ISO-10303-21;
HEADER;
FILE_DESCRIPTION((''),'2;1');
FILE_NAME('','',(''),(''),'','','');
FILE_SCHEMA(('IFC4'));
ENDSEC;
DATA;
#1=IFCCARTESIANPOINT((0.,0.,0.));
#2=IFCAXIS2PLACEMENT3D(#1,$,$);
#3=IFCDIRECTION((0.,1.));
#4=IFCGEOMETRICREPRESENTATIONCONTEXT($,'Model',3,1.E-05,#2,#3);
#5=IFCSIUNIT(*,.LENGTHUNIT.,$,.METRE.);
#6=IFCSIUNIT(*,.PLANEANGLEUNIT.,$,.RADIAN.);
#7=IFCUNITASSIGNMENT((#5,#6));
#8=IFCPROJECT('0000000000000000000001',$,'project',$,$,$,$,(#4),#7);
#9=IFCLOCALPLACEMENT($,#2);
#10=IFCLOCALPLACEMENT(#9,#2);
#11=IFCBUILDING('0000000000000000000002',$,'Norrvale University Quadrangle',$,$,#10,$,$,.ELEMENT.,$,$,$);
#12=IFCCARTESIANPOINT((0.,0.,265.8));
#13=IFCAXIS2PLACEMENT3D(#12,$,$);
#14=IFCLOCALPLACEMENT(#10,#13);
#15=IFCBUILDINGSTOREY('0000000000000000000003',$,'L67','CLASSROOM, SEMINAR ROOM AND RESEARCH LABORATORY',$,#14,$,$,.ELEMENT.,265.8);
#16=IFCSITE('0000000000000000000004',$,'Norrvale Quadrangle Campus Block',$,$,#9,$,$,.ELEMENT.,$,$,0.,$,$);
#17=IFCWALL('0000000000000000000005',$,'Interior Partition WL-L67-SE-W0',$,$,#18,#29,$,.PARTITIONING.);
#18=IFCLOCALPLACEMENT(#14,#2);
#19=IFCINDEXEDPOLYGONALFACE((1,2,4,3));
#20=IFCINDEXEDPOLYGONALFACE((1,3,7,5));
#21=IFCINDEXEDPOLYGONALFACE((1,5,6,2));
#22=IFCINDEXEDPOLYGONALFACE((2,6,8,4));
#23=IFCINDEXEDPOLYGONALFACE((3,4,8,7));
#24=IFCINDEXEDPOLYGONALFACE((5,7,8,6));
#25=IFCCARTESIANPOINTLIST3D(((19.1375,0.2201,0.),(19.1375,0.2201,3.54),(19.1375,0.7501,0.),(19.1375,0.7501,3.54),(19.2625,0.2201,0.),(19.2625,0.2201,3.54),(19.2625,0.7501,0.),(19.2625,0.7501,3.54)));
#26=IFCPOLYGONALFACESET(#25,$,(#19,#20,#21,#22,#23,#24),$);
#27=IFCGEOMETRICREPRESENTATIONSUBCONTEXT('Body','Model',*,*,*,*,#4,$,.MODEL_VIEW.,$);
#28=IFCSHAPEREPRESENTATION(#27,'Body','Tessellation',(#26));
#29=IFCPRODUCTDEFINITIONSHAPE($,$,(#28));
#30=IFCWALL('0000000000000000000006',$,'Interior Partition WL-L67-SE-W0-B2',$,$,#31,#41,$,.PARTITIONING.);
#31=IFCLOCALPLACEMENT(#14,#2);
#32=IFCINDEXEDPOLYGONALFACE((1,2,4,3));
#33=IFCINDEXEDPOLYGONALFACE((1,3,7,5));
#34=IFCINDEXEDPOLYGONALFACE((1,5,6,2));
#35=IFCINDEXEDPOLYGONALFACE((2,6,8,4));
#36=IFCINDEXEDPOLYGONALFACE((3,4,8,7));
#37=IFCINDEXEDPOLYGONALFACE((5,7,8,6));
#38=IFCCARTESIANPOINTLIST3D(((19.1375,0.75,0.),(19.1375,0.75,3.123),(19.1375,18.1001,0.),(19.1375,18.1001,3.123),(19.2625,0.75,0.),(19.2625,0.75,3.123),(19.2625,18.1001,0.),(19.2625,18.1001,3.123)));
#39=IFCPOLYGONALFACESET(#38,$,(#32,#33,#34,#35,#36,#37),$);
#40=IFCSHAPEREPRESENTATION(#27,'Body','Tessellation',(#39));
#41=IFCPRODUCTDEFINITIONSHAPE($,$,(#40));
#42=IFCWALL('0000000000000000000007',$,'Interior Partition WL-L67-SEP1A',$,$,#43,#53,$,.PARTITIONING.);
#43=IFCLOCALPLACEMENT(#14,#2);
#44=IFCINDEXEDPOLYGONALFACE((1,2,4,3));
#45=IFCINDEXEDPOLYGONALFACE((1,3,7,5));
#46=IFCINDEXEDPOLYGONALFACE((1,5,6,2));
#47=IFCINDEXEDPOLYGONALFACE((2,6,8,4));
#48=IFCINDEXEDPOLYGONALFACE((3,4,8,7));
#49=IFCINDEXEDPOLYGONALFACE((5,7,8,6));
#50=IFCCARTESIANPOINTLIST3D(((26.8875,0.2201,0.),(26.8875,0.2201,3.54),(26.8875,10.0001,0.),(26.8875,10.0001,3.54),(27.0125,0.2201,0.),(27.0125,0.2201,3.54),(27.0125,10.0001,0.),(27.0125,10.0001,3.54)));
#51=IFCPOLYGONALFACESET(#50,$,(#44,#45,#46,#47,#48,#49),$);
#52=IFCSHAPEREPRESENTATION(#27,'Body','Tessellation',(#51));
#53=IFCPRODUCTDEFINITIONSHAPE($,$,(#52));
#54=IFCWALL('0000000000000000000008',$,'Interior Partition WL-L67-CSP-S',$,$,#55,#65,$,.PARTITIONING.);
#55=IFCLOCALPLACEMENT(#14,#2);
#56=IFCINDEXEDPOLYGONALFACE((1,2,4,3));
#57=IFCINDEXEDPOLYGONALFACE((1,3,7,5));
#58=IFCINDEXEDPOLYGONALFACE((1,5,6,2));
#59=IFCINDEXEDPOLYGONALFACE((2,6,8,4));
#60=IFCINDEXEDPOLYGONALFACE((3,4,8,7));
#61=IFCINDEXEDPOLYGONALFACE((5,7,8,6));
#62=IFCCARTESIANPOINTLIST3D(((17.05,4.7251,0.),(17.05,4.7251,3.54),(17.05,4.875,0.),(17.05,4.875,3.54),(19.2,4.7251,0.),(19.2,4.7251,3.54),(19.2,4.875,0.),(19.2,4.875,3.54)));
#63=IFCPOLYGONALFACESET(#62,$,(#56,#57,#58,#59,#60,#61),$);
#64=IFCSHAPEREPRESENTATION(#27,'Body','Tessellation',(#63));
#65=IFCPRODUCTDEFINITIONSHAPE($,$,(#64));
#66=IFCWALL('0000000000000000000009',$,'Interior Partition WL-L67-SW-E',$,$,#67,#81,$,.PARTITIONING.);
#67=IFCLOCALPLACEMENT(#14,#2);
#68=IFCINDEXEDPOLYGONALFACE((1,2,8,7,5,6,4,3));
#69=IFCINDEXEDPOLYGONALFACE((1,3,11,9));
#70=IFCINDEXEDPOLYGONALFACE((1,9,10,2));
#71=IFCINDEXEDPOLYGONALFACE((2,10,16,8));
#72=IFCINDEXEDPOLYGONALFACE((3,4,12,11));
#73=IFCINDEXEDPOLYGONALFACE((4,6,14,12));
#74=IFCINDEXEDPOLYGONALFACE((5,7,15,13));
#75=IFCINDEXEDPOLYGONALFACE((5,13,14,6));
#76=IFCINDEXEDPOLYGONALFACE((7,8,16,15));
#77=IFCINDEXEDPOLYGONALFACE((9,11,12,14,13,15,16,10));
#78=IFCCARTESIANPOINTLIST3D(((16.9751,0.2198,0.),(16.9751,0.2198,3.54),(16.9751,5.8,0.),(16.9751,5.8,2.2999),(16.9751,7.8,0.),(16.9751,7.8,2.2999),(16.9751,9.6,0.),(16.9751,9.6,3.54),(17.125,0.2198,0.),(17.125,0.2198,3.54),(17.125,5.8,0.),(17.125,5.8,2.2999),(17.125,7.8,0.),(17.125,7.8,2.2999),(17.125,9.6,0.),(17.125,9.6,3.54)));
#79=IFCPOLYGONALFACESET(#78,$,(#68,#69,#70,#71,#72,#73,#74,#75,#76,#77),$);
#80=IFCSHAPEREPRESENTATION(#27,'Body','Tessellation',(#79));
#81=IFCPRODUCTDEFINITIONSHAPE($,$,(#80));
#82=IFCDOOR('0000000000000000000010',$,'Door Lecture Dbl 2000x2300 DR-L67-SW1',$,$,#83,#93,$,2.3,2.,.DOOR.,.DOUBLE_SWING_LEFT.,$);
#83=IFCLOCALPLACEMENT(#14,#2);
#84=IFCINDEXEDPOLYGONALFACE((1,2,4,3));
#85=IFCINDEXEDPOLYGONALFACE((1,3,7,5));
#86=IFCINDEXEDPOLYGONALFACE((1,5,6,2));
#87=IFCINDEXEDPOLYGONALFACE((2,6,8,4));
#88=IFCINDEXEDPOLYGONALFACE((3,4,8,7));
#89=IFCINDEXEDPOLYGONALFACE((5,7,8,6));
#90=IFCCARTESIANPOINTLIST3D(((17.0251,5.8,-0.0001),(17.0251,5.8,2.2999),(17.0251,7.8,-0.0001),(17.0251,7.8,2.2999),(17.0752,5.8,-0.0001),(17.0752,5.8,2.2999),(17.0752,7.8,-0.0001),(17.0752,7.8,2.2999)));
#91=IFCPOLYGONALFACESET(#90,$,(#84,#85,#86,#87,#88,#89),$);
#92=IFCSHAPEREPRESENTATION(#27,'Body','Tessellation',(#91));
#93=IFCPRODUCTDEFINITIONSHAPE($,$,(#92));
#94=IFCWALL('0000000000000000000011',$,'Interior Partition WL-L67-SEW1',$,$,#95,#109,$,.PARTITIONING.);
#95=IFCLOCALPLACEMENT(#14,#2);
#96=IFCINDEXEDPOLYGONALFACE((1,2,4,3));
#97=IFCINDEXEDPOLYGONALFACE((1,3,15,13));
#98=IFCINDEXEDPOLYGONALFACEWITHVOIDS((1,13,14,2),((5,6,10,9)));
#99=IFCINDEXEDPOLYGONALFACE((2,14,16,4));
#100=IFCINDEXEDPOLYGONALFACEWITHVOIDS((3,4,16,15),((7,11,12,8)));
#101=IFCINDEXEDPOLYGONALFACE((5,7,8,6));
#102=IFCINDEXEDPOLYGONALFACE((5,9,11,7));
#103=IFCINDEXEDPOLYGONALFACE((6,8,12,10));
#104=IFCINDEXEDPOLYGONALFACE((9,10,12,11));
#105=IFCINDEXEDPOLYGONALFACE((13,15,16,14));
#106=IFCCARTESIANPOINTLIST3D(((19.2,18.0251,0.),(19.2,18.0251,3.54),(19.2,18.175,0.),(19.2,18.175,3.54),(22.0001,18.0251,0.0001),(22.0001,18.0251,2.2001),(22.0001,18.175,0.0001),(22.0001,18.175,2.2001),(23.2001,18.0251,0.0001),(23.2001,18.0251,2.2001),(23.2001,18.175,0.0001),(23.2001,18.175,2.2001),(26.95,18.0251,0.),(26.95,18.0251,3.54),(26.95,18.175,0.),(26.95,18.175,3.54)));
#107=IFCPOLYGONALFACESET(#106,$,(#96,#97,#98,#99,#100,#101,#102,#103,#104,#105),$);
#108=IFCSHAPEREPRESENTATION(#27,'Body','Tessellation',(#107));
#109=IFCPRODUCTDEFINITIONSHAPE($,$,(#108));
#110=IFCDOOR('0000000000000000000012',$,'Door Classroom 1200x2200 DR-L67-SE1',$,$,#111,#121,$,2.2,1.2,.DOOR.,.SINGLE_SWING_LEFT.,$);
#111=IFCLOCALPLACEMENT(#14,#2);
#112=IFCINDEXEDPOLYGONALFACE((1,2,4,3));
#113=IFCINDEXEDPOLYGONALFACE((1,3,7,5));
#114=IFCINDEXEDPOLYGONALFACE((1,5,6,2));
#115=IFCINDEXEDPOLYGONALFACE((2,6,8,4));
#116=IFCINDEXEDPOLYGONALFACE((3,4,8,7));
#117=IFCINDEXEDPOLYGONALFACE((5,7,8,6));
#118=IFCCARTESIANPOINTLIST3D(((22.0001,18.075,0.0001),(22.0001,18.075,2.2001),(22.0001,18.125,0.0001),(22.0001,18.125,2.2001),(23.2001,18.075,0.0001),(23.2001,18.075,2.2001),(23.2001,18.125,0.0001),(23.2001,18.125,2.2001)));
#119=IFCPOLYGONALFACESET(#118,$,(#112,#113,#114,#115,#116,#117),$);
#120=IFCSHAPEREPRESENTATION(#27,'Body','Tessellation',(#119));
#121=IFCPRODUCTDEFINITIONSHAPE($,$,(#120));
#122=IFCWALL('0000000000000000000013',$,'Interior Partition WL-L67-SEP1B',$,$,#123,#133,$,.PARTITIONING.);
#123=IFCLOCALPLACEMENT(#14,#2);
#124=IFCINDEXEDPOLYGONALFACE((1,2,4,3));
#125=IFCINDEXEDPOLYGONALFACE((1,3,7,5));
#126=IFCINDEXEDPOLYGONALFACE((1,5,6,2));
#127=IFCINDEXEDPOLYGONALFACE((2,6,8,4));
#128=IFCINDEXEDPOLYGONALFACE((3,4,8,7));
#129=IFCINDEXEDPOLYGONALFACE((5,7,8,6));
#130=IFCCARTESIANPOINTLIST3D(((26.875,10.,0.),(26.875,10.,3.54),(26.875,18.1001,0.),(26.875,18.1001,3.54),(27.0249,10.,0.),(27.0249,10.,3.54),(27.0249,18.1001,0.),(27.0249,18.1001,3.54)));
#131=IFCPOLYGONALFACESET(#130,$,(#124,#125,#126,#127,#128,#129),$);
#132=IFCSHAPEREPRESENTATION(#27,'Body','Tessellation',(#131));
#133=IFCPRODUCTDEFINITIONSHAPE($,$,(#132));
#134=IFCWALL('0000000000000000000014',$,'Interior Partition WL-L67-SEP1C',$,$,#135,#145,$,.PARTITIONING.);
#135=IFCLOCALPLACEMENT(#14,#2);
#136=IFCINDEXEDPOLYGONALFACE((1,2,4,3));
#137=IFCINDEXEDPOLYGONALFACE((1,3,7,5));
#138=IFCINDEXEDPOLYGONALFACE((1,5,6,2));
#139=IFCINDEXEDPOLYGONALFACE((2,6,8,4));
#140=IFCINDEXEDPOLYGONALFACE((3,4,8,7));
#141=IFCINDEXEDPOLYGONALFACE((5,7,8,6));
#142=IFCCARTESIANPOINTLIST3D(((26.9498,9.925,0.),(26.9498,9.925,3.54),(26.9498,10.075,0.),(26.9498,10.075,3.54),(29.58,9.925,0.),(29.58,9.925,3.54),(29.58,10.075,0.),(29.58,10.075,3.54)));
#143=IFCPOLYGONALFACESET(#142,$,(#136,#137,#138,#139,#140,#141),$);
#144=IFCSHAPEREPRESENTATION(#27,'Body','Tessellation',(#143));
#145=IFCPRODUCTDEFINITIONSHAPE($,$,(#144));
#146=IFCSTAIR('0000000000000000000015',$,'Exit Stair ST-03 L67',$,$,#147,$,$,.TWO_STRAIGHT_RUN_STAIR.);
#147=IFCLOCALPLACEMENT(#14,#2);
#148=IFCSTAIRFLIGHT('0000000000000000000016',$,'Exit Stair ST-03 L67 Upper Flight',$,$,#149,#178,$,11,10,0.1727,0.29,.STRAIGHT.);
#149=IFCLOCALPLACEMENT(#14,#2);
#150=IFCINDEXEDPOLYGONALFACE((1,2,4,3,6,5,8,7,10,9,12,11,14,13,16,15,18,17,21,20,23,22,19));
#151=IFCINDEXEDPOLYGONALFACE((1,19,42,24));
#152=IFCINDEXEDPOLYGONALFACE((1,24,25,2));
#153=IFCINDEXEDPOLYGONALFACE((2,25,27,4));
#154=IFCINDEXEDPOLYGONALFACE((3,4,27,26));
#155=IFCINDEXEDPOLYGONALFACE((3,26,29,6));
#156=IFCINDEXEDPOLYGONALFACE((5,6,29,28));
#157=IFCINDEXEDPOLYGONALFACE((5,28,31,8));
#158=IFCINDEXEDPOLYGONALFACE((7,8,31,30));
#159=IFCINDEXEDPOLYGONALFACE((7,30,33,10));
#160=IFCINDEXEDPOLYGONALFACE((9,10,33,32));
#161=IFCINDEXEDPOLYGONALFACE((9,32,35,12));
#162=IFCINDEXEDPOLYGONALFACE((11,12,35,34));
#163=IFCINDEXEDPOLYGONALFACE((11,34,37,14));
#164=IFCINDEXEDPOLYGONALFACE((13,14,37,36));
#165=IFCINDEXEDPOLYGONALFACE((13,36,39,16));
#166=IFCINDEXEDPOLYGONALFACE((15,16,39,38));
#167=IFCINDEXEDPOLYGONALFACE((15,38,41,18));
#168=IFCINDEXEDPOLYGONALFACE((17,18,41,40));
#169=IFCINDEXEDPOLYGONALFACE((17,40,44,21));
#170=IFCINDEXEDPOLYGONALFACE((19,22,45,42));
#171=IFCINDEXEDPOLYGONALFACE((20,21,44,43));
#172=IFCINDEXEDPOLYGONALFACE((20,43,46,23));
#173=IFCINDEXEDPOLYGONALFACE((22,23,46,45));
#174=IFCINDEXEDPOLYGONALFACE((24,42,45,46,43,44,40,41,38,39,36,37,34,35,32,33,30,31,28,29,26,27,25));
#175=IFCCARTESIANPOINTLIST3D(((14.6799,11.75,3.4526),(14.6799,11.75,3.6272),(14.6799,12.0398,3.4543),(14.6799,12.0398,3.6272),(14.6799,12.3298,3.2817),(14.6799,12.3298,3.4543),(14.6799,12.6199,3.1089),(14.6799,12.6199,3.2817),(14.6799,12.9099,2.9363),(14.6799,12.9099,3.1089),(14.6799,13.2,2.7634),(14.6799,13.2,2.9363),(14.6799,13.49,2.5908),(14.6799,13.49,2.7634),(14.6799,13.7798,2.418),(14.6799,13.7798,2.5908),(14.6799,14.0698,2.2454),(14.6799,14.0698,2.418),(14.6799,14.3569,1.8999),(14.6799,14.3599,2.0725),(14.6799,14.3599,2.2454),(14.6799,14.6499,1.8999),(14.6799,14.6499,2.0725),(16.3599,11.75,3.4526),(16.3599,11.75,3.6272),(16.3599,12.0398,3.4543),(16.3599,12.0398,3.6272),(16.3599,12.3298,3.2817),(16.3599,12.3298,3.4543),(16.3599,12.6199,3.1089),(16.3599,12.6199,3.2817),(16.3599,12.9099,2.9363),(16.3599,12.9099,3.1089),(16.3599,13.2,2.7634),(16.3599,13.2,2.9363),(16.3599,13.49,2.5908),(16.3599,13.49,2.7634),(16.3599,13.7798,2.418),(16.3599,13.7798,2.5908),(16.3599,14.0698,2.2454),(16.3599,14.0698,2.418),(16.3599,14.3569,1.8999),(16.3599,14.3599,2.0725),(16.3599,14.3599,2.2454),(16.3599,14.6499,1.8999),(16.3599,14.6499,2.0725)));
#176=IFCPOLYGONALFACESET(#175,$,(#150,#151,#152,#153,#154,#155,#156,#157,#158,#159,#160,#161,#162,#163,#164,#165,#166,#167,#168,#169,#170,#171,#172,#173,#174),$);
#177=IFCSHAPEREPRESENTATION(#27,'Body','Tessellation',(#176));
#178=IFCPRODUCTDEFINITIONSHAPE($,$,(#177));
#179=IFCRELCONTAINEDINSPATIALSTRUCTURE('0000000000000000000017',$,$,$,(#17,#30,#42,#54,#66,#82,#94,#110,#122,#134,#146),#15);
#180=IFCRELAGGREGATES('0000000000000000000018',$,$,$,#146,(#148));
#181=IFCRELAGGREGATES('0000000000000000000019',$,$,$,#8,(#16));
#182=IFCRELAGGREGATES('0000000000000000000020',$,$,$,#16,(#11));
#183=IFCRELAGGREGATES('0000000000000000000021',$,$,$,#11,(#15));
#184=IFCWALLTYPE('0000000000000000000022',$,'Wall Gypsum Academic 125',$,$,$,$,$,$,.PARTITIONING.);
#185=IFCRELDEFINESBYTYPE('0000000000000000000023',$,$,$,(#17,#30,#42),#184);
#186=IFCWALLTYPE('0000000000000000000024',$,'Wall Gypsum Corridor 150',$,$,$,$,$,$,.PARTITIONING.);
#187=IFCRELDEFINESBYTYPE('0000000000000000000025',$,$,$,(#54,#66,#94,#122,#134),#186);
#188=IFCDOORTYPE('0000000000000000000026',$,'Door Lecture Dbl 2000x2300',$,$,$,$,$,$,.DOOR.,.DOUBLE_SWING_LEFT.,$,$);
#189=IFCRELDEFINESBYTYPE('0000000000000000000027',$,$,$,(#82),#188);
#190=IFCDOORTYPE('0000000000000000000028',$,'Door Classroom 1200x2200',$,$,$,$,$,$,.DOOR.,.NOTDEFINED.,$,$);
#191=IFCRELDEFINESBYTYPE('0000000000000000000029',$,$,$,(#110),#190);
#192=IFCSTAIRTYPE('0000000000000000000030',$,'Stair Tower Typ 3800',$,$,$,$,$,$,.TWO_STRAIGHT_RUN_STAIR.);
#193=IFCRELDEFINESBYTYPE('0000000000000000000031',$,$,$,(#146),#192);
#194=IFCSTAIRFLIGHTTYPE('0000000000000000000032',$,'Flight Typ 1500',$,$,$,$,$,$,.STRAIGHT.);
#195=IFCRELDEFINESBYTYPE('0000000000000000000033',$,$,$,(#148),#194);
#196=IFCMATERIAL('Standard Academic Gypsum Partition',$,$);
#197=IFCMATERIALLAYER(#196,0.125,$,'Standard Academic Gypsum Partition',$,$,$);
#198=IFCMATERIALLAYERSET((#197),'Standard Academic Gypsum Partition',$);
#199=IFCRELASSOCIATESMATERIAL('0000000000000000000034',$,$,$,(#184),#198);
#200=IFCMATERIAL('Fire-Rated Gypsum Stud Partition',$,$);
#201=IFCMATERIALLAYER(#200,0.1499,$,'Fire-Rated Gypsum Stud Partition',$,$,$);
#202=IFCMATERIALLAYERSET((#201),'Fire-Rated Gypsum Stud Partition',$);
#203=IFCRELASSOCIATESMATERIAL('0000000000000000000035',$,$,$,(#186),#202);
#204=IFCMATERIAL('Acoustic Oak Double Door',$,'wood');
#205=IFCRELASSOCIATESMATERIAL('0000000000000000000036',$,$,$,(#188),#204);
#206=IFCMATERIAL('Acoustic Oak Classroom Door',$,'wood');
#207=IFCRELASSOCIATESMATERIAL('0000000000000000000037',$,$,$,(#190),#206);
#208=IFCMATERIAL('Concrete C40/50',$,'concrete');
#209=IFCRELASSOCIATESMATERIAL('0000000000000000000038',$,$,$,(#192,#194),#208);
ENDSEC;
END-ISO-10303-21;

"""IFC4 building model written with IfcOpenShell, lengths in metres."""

from ifc_helpers import new_model, si_unit, direction, frame, frame_2d, origin, place, context, subcontext, project, spatial, polyline, rectangle, outline, extrude, material, layer, layer_set, type_object, element, fill, aggregate, save


model = new_model("IFC4")

# Units and contexts
model_context = context("Model", 3, precision=1e-05, world=origin(), true_north=direction((0.0, 1.0)))
body_context = subcontext(model_context, "Body", "Model", "MODEL_VIEW")
ifc_project = project(units=[si_unit("LENGTHUNIT", "METRE"), si_unit("PLANEANGLEUNIT", "RADIAN")], contexts=[model_context])

# Site, building, storey
site_placement = place(None, origin())
site = spatial("IfcSite", under=ifc_project, at=site_placement, Name="Norrvale Quadrangle Campus Block", CompositionType="ELEMENT", RefElevation=0.0)
building_placement = place(site_placement, origin())
building = spatial("IfcBuilding", under=site, at=building_placement, Name="Norrvale University Quadrangle", CompositionType="ELEMENT")
storey_placement = place(building_placement, frame((0.0, 0.0, 265.8)))
storey = spatial("IfcBuildingStorey", under=building, at=storey_placement, Name="L67", Description="CLASSROOM, SEMINAR ROOM AND RESEARCH LABORATORY", CompositionType="ELEMENT", Elevation=265.8)

# Walls
ifc_material_1 = material(Name="Standard Academic Gypsum Partition")
ifc_layer_1 = layer(ifc_material_1, 0.125, Name="Standard Academic Gypsum Partition")
ifc_layer_set_1 = layer_set([ifc_layer_1], Name="Standard Academic Gypsum Partition")
wall_type_1 = type_object("IfcWallType", Name="Wall Gypsum Academic 125", PredefinedType="PARTITIONING", material=ifc_layer_set_1)
wall_1_placement = place(storey_placement, frame((19.2, 0.22, 0.0), z_axis=(0.0, 0.0, 1.0), x_axis=(0.0, 1.0, 0.0)))
element("IfcWall", 1, at=wall_1_placement, inside=storey, type_object=wall_type_1, Name="Interior Partition WL-L67-SE-W0", PredefinedType="PARTITIONING", context=body_context, shape_type="SweptSolid", body=[
    extrude(rectangle(XDim=0.53, YDim=0.125, at=frame_2d((0.2651, 0.0))), origin(), (0.0, 0.0, 1.0), 3.54),
])
wall_2_placement = place(storey_placement, frame((19.2, 0.75, 0.0), z_axis=(0.0, 0.0, 1.0), x_axis=(0.0, 1.0, 0.0)))
element("IfcWall", 2, at=wall_2_placement, inside=storey, type_object=wall_type_1, Name="Interior Partition WL-L67-SE-W0-B2", PredefinedType="PARTITIONING", context=body_context, shape_type="SweptSolid", body=[
    extrude(rectangle(XDim=17.3501, YDim=0.125, at=frame_2d((8.675, 0.0))), origin(), (0.0, 0.0, 1.0), 3.123),
])
wall_3_placement = place(storey_placement, frame((26.95, 0.22, 0.0), z_axis=(0.0, 0.0, 1.0), x_axis=(0.0, 1.0, 0.0)))
element("IfcWall", 3, at=wall_3_placement, inside=storey, type_object=wall_type_1, Name="Interior Partition WL-L67-SEP1A", PredefinedType="PARTITIONING", context=body_context, shape_type="SweptSolid", body=[
    extrude(rectangle(XDim=9.78, YDim=0.125, at=frame_2d((4.8901, 0.0))), origin(), (0.0, 0.0, 1.0), 3.54),
])
ifc_material_2 = material(Name="Fire-Rated Gypsum Stud Partition")
ifc_layer_2 = layer(ifc_material_2, 0.1499, Name="Fire-Rated Gypsum Stud Partition")
ifc_layer_set_2 = layer_set([ifc_layer_2], Name="Fire-Rated Gypsum Stud Partition")
wall_type_2 = type_object("IfcWallType", Name="Wall Gypsum Corridor 150", PredefinedType="PARTITIONING", material=ifc_layer_set_2)
wall_4_placement = place(storey_placement, frame((17.05, 4.8, 0.0), z_axis=(0.0, 0.0, 1.0), x_axis=(1.0, 0.0, 0.0)))
element("IfcWall", 4, at=wall_4_placement, inside=storey, type_object=wall_type_2, Name="Interior Partition WL-L67-CSP-S", PredefinedType="PARTITIONING", context=body_context, shape_type="SweptSolid", body=[
    extrude(rectangle(XDim=2.1499, YDim=0.1499, at=frame_2d((1.075, 0.0))), origin(), (0.0, 0.0, 1.0), 3.54),
])

# Walls, openings, doors
wall_5_placement = place(storey_placement, frame((17.05, 0.22, 0.0), z_axis=(0.0, 0.0, 1.0), x_axis=(0.0, 1.0, 0.0)))
wall_5 = element("IfcWall", 5, at=wall_5_placement, inside=storey, type_object=wall_type_2, Name="Interior Partition WL-L67-SW-E", PredefinedType="PARTITIONING", context=body_context, shape_type="SweptSolid", body=[
    extrude(rectangle(XDim=9.3801, YDim=0.1499, at=frame_2d((4.6899, 0.0))), origin(), (0.0, 0.0, 1.0), 3.54),
])
opening_1_placement = place(wall_5_placement, frame((5.5801, 0.0, 0.0)))
opening_1 = element("IfcOpeningElement", 6, at=opening_1_placement, cuts=wall_5, PredefinedType="OPENING", context=body_context, shape_type="SweptSolid", body=[
    extrude(rectangle(XDim=2.0, YDim=2.3, at=frame_2d((1.0, 1.1499))), frame((0.0, 0.0869, 0.0), z_axis=(0.0, -1.0, 0.0), x_axis=(1.0, 0.0, 0.0)), (0.0, 0.0, 1.0), 0.1738),
])
ifc_material_3 = material(Name="Acoustic Oak Double Door", Category="wood")
door_type_1 = type_object("IfcDoorType", Name="Door Lecture Dbl 2000x2300", OperationType="DOUBLE_SWING_LEFT", PredefinedType="DOOR", material=ifc_material_3)
door_1_placement = place(opening_1_placement, origin())
door_1 = element("IfcDoor", 7, at=door_1_placement, inside=storey, type_object=door_type_1, Name="Door Lecture Dbl 2000x2300 DR-L67-SW1", OperationType="DOUBLE_SWING_LEFT", OverallHeight=2.3, OverallWidth=2.0, PredefinedType="DOOR", context=body_context, shape_type="SweptSolid", body=[
    extrude(rectangle(XDim=2.0, YDim=2.3, at=frame_2d((1.0, 1.1499))), frame((0.0, 0.0249, 0.0), z_axis=(0.0, -1.0, 0.0), x_axis=(1.0, 0.0, 0.0)), (0.0, 0.0, 1.0), 0.05),
])
fill(opening_1, door_1)
wall_6_placement = place(storey_placement, frame((19.2, 18.1001, 0.0), z_axis=(0.0, 0.0, 1.0), x_axis=(1.0, 0.0, 0.0)))
wall_6 = element("IfcWall", 8, at=wall_6_placement, inside=storey, type_object=wall_type_2, Name="Interior Partition WL-L67-SEW1", PredefinedType="PARTITIONING", context=body_context, shape_type="SweptSolid", body=[
    extrude(rectangle(XDim=7.75, YDim=0.1499, at=frame_2d((3.875, 0.0))), origin(), (0.0, 0.0, 1.0), 3.54),
])
opening_2_placement = place(wall_6_placement, frame((2.8, 0.0, 0.0)))
opening_2 = element("IfcOpeningElement", 9, at=opening_2_placement, cuts=wall_6, PredefinedType="OPENING", context=body_context, shape_type="SweptSolid", body=[
    extrude(rectangle(XDim=1.2, YDim=2.2, at=frame_2d((0.6001, 1.1001))), frame((0.0, 0.0869, 0.0), z_axis=(0.0, -1.0, 0.0), x_axis=(1.0, 0.0, 0.0)), (0.0, 0.0, 1.0), 0.1738),
])
ifc_material_4 = material(Name="Acoustic Oak Classroom Door", Category="wood")
door_type_2 = type_object("IfcDoorType", Name="Door Classroom 1200x2200", OperationType="NOTDEFINED", PredefinedType="DOOR", material=ifc_material_4)
door_2_placement = place(opening_2_placement, origin())
door_2 = element("IfcDoor", 10, at=door_2_placement, inside=storey, type_object=door_type_2, Name="Door Classroom 1200x2200 DR-L67-SE1", OperationType="SINGLE_SWING_LEFT", OverallHeight=2.2, OverallWidth=1.2, PredefinedType="DOOR", context=body_context, shape_type="SweptSolid", body=[
    extrude(rectangle(XDim=1.2, YDim=2.2, at=frame_2d((0.6001, 1.1001))), frame((0.0, 0.0249, 0.0), z_axis=(0.0, -1.0, 0.0), x_axis=(1.0, 0.0, 0.0)), (0.0, 0.0, 1.0), 0.05),
])
fill(opening_2, door_2)

# Walls
wall_7_placement = place(storey_placement, frame((26.95, 10.0, 0.0), z_axis=(0.0, 0.0, 1.0), x_axis=(0.0, 1.0, 0.0)))
element("IfcWall", 11, at=wall_7_placement, inside=storey, type_object=wall_type_2, Name="Interior Partition WL-L67-SEP1B", PredefinedType="PARTITIONING", context=body_context, shape_type="SweptSolid", body=[
    extrude(rectangle(XDim=8.1001, YDim=0.1499, at=frame_2d((4.05, 0.0))), origin(), (0.0, 0.0, 1.0), 3.54),
])
wall_8_placement = place(storey_placement, frame((26.95, 10.0, 0.0), z_axis=(0.0, 0.0, 1.0), x_axis=(1.0, 0.0, 0.0)))
element("IfcWall", 12, at=wall_8_placement, inside=storey, type_object=wall_type_2, Name="Interior Partition WL-L67-SEP1C", PredefinedType="PARTITIONING", context=body_context, shape_type="SweptSolid", body=[
    extrude(rectangle(XDim=2.6301, YDim=0.1499, at=frame_2d((1.3149, 0.0))), origin(), (0.0, 0.0, 1.0), 3.54),
])

# Stair, stair flight
ifc_material_5 = material(Name="Concrete C40/50", Category="concrete")
stair_type = type_object("IfcStairType", Name="Stair Tower Typ 3800", PredefinedType="TWO_STRAIGHT_RUN_STAIR", material=ifc_material_5)
stair_placement = place(storey_placement, origin())
stair = element("IfcStair", 13, at=stair_placement, inside=storey, type_object=stair_type, Name="Exit Stair ST-03 L67", PredefinedType="TWO_STRAIGHT_RUN_STAIR")
stair_flight_type = type_object("IfcStairFlightType", Name="Flight Typ 1500", PredefinedType="STRAIGHT", material=ifc_material_5)
stair_flight_placement = place(storey_placement, frame((15.52, 14.6499, 1.8999), z_axis=(0.0, 0.0, 1.0), x_axis=(0.0, -1.0, 0.0)))
stair_flight = element("IfcStairFlight", 14, at=stair_flight_placement, type_object=stair_flight_type, Name="Exit Stair ST-03 L67 Upper Flight", NumberOfRisers=11, NumberOfTreads=10, PredefinedType="STRAIGHT", RiserHeight=0.1727, TreadLength=0.29, context=body_context, shape_type="SweptSolid", body=[
    extrude(outline(polyline([(0.0, 0.0), (0.0, 0.1726), (0.29, 0.1726), (0.29, 0.3455), (0.5801, 0.3455), (0.5801, 0.5181), (0.8701, 0.5181), (0.8701, 0.6909), (1.1599, 0.6909), (1.1599, 0.8635), (1.45, 0.8635), (1.45, 1.0364), (1.74, 1.0364), (1.74, 1.209), (2.03, 1.209), (2.03, 1.3818), (2.3201, 1.3818), (2.3201, 1.5544), (2.6101, 1.5544), (2.6101, 1.7273), (2.8999, 1.7273), (2.8999, 1.8999), (2.8999, 1.5527), (0.293, 0.0), (0.0, 0.0)])), frame((0.0, 0.8398, 0.0), z_axis=(0.0, -1.0, 0.0), x_axis=(1.0, 0.0, 0.0)), (0.0, 0.0, 1.0), 1.6799),
])
aggregate(stair, [stair_flight])

save(model, "model.ifc")
